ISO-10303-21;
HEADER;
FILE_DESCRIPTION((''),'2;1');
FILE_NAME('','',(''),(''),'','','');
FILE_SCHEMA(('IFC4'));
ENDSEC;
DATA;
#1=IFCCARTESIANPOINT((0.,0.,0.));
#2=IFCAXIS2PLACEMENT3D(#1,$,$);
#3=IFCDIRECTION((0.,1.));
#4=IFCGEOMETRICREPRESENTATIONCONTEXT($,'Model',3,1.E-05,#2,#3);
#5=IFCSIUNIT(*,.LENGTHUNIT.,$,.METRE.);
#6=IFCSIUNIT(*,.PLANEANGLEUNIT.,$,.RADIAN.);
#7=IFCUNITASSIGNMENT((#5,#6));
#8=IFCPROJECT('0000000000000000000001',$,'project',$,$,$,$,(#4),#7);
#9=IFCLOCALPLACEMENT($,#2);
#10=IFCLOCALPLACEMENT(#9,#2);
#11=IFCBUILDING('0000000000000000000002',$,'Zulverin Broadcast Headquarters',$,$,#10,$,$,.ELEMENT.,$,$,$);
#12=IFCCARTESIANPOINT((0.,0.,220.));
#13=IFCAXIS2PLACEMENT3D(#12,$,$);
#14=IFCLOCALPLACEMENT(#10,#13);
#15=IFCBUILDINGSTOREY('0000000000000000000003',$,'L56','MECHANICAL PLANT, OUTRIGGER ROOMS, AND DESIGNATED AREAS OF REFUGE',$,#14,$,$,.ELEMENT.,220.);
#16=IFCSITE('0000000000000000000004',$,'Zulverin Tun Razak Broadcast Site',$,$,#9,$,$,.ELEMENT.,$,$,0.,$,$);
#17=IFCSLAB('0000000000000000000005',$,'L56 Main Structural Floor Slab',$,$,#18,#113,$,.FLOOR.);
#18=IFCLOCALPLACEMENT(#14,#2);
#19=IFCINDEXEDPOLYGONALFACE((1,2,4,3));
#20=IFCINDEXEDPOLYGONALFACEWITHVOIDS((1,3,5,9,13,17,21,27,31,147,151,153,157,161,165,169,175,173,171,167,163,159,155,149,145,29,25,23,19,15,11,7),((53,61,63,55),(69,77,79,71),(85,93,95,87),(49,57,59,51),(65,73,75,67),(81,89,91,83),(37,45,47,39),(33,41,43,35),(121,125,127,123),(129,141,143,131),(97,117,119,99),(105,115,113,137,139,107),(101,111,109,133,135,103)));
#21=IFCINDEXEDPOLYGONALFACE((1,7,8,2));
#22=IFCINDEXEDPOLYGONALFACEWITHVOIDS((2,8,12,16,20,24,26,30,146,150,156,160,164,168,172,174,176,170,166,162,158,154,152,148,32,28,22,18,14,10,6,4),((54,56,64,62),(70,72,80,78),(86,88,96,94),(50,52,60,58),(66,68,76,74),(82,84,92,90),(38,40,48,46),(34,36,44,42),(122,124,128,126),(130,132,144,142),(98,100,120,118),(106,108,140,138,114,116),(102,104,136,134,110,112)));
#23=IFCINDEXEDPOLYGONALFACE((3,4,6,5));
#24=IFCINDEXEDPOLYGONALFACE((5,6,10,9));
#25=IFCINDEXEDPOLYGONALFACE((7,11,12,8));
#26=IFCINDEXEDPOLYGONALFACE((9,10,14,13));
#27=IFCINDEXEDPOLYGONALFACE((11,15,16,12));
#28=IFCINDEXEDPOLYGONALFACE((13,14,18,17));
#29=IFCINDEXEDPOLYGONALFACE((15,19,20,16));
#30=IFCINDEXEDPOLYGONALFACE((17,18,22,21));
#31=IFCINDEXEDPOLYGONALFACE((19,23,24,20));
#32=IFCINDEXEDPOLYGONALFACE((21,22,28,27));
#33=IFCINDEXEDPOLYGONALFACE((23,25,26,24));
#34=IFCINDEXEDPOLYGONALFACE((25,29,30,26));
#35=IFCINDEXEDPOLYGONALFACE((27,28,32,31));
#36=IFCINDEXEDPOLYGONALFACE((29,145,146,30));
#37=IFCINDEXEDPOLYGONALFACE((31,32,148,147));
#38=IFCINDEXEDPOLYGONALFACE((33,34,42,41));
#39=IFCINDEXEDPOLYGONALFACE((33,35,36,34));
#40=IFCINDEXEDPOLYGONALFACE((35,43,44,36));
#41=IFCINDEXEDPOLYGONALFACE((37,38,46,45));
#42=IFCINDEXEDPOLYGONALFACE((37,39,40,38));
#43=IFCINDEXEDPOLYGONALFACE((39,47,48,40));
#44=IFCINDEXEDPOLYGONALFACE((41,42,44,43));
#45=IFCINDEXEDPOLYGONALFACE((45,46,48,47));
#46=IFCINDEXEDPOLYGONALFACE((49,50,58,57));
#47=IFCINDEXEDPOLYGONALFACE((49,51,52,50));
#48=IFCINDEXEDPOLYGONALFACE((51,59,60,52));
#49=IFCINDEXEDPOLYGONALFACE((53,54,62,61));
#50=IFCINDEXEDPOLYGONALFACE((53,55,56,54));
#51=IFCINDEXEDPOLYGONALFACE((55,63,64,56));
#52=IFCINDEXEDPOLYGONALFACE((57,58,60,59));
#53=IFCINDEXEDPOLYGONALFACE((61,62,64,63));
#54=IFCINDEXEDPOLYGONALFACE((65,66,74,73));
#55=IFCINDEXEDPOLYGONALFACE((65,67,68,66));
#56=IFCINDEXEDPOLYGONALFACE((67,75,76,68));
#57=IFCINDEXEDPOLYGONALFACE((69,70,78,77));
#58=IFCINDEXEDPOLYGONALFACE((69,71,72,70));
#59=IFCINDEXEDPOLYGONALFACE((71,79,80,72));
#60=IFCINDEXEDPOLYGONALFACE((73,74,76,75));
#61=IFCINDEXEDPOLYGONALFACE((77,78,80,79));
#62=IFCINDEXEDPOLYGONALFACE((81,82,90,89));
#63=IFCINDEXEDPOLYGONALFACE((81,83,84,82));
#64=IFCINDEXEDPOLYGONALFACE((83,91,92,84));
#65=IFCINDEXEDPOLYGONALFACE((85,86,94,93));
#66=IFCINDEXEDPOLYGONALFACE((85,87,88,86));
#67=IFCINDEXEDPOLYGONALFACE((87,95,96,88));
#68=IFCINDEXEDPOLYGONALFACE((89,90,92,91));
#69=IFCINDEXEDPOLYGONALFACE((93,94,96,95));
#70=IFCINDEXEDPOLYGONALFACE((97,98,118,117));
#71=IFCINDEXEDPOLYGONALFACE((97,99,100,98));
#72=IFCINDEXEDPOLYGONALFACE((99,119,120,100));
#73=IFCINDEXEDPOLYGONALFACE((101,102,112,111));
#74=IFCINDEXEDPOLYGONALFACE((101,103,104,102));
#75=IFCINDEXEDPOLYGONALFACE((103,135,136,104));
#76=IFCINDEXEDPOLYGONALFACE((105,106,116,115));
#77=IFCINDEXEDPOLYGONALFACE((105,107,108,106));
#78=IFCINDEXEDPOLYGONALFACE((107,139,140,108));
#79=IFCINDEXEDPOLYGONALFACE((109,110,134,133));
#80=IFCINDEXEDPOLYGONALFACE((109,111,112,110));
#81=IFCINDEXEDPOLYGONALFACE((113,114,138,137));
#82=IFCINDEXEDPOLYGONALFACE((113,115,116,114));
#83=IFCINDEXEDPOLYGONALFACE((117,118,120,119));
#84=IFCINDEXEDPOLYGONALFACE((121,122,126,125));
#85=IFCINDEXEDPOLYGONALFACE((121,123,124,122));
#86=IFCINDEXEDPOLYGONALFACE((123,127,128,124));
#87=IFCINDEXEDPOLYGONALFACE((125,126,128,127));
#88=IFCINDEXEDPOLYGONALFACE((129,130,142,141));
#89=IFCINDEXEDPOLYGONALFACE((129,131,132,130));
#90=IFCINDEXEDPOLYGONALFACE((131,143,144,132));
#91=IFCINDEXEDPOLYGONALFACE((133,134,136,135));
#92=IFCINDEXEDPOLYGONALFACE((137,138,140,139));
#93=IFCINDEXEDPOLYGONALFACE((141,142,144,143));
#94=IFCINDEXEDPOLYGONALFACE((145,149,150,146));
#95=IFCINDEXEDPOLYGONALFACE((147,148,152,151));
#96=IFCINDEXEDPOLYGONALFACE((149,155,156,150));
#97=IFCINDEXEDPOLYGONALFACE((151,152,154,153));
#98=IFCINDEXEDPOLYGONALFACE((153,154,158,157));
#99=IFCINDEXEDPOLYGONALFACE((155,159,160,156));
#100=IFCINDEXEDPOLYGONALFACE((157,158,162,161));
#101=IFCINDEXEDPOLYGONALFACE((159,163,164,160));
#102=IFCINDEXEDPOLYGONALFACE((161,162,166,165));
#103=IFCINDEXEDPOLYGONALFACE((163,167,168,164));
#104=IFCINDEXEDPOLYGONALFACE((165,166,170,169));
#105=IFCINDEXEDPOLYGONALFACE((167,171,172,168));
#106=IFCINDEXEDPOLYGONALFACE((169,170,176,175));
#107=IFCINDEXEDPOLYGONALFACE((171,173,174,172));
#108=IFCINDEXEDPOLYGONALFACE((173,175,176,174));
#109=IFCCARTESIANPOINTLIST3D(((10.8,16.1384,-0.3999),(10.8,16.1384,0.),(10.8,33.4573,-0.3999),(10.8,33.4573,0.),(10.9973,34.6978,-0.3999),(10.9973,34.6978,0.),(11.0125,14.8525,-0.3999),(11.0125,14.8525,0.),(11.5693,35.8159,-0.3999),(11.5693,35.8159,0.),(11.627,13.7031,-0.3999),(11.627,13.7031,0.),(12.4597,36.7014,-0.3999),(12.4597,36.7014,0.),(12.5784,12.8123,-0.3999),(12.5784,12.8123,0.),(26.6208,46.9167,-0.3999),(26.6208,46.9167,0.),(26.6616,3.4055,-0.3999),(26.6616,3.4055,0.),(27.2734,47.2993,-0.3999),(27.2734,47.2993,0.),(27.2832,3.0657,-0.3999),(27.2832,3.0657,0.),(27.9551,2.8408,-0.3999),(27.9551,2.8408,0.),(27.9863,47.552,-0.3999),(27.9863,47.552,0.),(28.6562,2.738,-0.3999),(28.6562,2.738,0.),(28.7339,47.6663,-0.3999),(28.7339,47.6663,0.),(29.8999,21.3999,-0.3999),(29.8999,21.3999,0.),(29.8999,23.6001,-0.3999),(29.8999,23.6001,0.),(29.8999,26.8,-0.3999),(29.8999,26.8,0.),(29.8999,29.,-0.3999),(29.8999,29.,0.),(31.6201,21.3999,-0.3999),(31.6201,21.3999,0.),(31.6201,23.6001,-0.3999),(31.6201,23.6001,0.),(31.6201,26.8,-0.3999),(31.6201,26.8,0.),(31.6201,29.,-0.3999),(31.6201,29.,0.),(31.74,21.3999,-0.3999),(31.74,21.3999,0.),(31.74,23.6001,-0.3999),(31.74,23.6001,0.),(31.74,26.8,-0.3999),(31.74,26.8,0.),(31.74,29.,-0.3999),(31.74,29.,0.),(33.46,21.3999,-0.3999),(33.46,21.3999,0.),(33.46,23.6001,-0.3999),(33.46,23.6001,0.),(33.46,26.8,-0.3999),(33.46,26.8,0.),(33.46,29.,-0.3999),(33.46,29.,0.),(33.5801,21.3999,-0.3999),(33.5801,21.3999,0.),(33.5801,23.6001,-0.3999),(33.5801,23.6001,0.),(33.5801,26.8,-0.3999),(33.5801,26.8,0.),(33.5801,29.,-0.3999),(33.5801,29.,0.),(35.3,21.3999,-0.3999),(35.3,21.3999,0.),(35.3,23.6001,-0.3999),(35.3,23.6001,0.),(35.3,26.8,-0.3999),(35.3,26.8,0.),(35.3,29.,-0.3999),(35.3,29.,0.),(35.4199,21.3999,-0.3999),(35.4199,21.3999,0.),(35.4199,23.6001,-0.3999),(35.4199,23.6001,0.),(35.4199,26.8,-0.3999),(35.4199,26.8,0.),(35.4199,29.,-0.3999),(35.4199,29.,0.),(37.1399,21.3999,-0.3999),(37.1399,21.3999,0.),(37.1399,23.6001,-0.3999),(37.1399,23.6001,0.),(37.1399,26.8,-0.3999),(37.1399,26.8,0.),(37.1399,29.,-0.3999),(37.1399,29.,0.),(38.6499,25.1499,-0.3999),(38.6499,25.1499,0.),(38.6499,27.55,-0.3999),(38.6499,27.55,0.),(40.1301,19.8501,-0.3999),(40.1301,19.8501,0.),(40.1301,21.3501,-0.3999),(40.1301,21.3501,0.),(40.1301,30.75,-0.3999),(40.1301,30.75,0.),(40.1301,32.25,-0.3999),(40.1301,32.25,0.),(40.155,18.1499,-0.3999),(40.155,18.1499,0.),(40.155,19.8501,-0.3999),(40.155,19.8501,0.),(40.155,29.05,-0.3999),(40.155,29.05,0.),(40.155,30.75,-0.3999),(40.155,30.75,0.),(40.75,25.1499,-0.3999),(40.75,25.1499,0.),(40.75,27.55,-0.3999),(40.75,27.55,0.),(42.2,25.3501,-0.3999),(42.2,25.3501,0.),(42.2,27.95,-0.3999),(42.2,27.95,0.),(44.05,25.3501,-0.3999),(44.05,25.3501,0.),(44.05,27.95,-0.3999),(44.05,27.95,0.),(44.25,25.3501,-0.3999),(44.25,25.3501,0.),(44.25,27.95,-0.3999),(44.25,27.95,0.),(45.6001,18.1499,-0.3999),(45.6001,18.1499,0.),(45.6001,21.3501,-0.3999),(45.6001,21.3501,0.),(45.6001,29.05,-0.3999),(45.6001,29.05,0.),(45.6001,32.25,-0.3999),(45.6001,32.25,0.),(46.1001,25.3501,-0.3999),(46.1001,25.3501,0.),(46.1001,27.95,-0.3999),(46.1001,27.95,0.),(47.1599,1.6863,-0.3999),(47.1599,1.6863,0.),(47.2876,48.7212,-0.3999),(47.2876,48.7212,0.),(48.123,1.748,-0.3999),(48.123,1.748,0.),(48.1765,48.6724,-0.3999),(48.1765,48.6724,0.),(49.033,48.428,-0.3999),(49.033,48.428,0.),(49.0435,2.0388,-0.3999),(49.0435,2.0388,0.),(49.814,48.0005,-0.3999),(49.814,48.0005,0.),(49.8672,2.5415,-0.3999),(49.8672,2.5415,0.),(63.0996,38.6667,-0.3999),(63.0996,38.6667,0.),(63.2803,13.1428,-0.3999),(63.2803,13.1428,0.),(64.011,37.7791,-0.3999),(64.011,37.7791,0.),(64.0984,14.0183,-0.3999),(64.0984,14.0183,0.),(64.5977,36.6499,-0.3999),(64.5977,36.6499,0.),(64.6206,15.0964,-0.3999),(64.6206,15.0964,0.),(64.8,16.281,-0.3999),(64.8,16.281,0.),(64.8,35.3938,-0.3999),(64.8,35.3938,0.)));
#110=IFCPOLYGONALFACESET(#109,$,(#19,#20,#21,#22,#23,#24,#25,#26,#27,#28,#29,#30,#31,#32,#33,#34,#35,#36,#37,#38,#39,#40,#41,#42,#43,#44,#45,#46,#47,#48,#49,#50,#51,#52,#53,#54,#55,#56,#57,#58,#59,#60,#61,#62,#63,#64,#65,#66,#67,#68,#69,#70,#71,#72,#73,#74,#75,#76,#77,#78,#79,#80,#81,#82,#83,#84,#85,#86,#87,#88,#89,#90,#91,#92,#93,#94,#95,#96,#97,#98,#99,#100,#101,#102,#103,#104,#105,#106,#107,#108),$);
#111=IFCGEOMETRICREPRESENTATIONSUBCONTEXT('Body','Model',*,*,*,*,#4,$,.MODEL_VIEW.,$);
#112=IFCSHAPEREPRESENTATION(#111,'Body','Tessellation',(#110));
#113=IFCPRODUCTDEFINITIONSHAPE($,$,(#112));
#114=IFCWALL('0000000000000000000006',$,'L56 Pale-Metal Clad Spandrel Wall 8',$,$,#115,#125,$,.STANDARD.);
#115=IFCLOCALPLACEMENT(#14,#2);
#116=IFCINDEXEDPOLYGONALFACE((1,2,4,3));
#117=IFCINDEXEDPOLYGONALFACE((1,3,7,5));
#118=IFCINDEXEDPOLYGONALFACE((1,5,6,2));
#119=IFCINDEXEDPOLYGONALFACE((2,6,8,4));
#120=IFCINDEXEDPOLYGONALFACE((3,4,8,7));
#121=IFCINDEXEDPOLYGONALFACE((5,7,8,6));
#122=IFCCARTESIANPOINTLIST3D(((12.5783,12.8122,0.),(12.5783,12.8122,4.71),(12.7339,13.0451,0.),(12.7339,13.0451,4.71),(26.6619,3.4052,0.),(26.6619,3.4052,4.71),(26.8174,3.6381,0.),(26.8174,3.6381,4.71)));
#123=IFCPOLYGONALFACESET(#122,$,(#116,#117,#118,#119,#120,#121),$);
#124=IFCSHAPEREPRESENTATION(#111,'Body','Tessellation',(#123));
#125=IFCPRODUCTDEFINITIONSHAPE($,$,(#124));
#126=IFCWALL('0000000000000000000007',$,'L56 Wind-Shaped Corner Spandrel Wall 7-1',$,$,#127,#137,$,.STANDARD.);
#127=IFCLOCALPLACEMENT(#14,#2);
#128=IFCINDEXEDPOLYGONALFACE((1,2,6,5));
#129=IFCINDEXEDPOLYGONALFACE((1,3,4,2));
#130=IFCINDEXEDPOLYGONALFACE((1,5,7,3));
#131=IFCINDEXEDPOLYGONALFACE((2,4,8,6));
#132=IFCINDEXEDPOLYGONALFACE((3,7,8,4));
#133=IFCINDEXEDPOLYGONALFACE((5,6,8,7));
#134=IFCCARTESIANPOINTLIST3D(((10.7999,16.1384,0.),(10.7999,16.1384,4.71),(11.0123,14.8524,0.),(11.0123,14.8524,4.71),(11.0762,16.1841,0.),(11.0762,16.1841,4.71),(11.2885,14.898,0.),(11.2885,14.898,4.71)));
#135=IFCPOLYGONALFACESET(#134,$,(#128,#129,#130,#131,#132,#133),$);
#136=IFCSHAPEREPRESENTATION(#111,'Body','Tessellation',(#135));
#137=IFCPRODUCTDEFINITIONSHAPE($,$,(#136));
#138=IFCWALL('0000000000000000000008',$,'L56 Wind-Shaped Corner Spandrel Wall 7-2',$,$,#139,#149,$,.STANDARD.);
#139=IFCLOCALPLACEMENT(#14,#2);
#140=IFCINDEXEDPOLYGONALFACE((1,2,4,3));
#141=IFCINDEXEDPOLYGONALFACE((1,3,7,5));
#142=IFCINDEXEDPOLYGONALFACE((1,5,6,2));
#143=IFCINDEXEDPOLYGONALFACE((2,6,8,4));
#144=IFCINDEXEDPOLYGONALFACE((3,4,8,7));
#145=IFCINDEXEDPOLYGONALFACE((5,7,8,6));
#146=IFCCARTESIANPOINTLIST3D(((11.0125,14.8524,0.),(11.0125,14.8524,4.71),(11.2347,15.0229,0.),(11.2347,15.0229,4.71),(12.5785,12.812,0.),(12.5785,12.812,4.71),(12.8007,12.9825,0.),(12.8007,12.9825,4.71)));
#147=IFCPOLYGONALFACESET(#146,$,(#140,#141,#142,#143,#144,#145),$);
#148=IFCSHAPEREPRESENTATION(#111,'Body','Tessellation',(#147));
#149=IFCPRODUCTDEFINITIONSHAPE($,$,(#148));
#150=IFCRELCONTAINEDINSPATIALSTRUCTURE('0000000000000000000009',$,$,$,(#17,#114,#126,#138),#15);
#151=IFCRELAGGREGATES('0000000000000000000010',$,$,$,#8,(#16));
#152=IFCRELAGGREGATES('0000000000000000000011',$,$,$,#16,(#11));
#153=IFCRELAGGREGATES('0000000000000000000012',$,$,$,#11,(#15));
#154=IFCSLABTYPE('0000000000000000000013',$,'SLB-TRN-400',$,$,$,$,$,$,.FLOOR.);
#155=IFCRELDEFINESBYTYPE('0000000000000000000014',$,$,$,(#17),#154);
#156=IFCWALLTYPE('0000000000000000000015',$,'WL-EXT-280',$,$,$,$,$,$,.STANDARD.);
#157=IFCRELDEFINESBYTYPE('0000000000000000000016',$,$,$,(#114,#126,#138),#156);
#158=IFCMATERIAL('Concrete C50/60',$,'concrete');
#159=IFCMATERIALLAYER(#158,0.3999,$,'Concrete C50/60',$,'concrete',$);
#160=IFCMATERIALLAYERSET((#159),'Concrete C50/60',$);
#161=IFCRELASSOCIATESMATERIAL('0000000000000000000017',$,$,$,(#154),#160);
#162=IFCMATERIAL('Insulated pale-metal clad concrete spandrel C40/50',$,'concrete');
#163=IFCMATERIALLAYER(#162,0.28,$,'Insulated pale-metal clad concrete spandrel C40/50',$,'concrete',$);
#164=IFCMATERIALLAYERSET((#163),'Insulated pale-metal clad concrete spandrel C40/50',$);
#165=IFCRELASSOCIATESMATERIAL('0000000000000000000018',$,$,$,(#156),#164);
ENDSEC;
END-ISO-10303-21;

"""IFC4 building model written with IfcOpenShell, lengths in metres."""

from ifc_helpers import new_model, si_unit, direction, frame, frame_2d, origin, place, context, subcontext, project, spatial, polyline, rectangle, outline, extrude, material, layer, layer_set, type_object, element, save


model = new_model("IFC4")

# Units and contexts
model_context = context("Model", 3, precision=1e-05, world=origin(), true_north=direction((0.0, 1.0)))
body_context = subcontext(model_context, "Body", "Model", "MODEL_VIEW")
ifc_project = project(units=[si_unit("LENGTHUNIT", "METRE"), si_unit("PLANEANGLEUNIT", "RADIAN")], contexts=[model_context])

# Site, building, storey
site_placement = place(None, origin())
site = spatial("IfcSite", under=ifc_project, at=site_placement, Name="Zulverin Tun Razak Broadcast Site", CompositionType="ELEMENT", RefElevation=0.0)
building_placement = place(site_placement, origin())
building = spatial("IfcBuilding", under=site, at=building_placement, Name="Zulverin Broadcast Headquarters", CompositionType="ELEMENT")
storey_placement = place(building_placement, frame((0.0, 0.0, 220.0)))
storey = spatial("IfcBuildingStorey", under=building, at=storey_placement, Name="L56", Description="MECHANICAL PLANT, OUTRIGGER ROOMS, AND DESIGNATED AREAS OF REFUGE", CompositionType="ELEMENT", Elevation=220.0)

# Shared definitions
ifc_material_1 = material(Name="Concrete C50/60", Category="concrete")

# Slab
ifc_layer_1 = layer(ifc_material_1, 0.3999, Name="Concrete C50/60", Category="concrete")
ifc_layer_set_1 = layer_set([ifc_layer_1], Name="Concrete C50/60")
slab_type_1 = type_object("IfcSlabType", Name="SLB-TRN-400", PredefinedType="FLOOR", material=ifc_layer_set_1)
slab_1_placement = place(storey_placement, frame((0.0, 0.0, -0.3999)))
element("IfcSlab", 1, at=slab_1_placement, inside=storey, type_object=slab_type_1, Name="L56 Main Structural Floor Slab", PredefinedType="FLOOR", context=body_context, shape_type="SweptSolid", body=[
    extrude(outline(polyline([(26.6616, 3.4055), (27.2832, 3.0657), (27.9551, 2.8408), (28.6562, 2.738), (47.1599, 1.6863), (48.123, 1.748), (49.0435, 2.0388), (49.8672, 2.5415), (63.2803, 13.1428), (64.0984, 14.0183), (64.6206, 15.0964), (64.8, 16.281), (64.8, 35.3938), (64.5977, 36.6499), (64.011, 37.7791), (63.0996, 38.6667), (49.814, 48.0005), (49.033, 48.428), (48.1765, 48.6724), (47.2876, 48.7212), (28.7339, 47.6663), (27.9863, 47.552), (27.2734, 47.2993), (26.6208, 46.9167), (12.4597, 36.7014), (11.5693, 35.8159), (10.9973, 34.6978), (10.8, 33.4573), (10.8, 16.1384), (11.0125, 14.8525), (11.627, 13.7031), (12.5784, 12.8123), (26.6616, 3.4055)]), holes=[polyline([(40.155, 30.75), (40.1301, 30.75), (40.1301, 32.25), (45.6001, 32.25), (45.6001, 29.05), (40.155, 29.05), (40.155, 30.75)]), polyline([(40.155, 19.8501), (40.1301, 19.8501), (40.1301, 21.3501), (45.6001, 21.3501), (45.6001, 18.1499), (40.155, 18.1499), (40.155, 19.8501)]), polyline([(29.8999, 21.3999), (31.6201, 21.3999), (31.6201, 23.6001), (29.8999, 23.6001), (29.8999, 21.3999)]), polyline([(31.74, 21.3999), (33.46, 21.3999), (33.46, 23.6001), (31.74, 23.6001), (31.74, 21.3999)]), polyline([(33.5801, 21.3999), (35.3, 21.3999), (35.3, 23.6001), (33.5801, 23.6001), (33.5801, 21.3999)]), polyline([(35.4199, 21.3999), (37.1399, 21.3999), (37.1399, 23.6001), (35.4199, 23.6001), (35.4199, 21.3999)]), polyline([(29.8999, 26.8), (31.6201, 26.8), (31.6201, 29.0), (29.8999, 29.0), (29.8999, 26.8)]), polyline([(31.74, 26.8), (33.46, 26.8), (33.46, 29.0), (31.74, 29.0), (31.74, 26.8)]), polyline([(33.5801, 26.8), (35.3, 26.8), (35.3, 29.0), (33.5801, 29.0), (33.5801, 26.8)]), polyline([(35.4199, 26.8), (37.1399, 26.8), (37.1399, 29.0), (35.4199, 29.0), (35.4199, 26.8)]), polyline([(42.2, 25.3501), (44.05, 25.3501), (44.05, 27.95), (42.2, 27.95), (42.2, 25.3501)]), polyline([(44.25, 25.3501), (46.1001, 25.3501), (46.1001, 27.95), (44.25, 27.95), (44.25, 25.3501)]), polyline([(38.6499, 25.1499), (40.75, 25.1499), (40.75, 27.55), (38.6499, 27.55), (38.6499, 25.1499)])]), origin(), (0.0, 0.0, 1.0), 0.3999),
])

# Walls
ifc_material_2 = material(Name="Insulated pale-metal clad concrete spandrel C40/50", Category="concrete")
ifc_layer_2 = layer(ifc_material_2, 0.28, Name="Insulated pale-metal clad concrete spandrel C40/50", Category="concrete")
ifc_layer_set_2 = layer_set([ifc_layer_2], Name="Insulated pale-metal clad concrete spandrel C40/50")
wall_type_1 = type_object("IfcWallType", Name="WL-EXT-280", PredefinedType="STANDARD", material=ifc_layer_set_2)
wall_1_placement = place(storey_placement, frame((12.656, 12.9287, 0.0), z_axis=(0.0, 0.0, 1.0), x_axis=(0.83156, -0.555435, 0.0)))
element("IfcWall", 2, at=wall_1_placement, inside=storey, type_object=wall_type_1, Name="L56 Pale-Metal Clad Spandrel Wall 8", PredefinedType="STANDARD", context=body_context, shape_type="SweptSolid", body=[
    extrude(rectangle(XDim=16.9363, YDim=0.28, at=frame_2d((8.4683, 0.0))), origin(), (0.0, 0.0, 1.0), 4.71),
])
wall_2_placement = place(storey_placement, frame((10.938, 16.1614, 0.0), z_axis=(0.0, 0.0, 1.0), x_axis=(0.162941, -0.986636, 0.0)))
element("IfcWall", 3, at=wall_2_placement, inside=storey, type_object=wall_type_1, Name="L56 Wind-Shaped Corner Spandrel Wall 7-1", PredefinedType="STANDARD", context=body_context, shape_type="SweptSolid", body=[
    extrude(rectangle(XDim=1.3035, YDim=0.28, at=frame_2d((0.6519, 0.0))), origin(), (0.0, 0.0, 1.0), 4.71),
])
wall_3_placement = place(storey_placement, frame((11.1235, 14.9377, 0.0), z_axis=(0.0, 0.0, 1.0), x_axis=(0.608848, -0.793287, 0.0)))
element("IfcWall", 4, at=wall_3_placement, inside=storey, type_object=wall_type_1, Name="L56 Wind-Shaped Corner Spandrel Wall 7-2", PredefinedType="STANDARD", context=body_context, shape_type="SweptSolid", body=[
    extrude(rectangle(XDim=2.572, YDim=0.28, at=frame_2d((1.2861, 0.0))), origin(), (0.0, 0.0, 1.0), 4.71),
])

save(model, "model.ifc")
